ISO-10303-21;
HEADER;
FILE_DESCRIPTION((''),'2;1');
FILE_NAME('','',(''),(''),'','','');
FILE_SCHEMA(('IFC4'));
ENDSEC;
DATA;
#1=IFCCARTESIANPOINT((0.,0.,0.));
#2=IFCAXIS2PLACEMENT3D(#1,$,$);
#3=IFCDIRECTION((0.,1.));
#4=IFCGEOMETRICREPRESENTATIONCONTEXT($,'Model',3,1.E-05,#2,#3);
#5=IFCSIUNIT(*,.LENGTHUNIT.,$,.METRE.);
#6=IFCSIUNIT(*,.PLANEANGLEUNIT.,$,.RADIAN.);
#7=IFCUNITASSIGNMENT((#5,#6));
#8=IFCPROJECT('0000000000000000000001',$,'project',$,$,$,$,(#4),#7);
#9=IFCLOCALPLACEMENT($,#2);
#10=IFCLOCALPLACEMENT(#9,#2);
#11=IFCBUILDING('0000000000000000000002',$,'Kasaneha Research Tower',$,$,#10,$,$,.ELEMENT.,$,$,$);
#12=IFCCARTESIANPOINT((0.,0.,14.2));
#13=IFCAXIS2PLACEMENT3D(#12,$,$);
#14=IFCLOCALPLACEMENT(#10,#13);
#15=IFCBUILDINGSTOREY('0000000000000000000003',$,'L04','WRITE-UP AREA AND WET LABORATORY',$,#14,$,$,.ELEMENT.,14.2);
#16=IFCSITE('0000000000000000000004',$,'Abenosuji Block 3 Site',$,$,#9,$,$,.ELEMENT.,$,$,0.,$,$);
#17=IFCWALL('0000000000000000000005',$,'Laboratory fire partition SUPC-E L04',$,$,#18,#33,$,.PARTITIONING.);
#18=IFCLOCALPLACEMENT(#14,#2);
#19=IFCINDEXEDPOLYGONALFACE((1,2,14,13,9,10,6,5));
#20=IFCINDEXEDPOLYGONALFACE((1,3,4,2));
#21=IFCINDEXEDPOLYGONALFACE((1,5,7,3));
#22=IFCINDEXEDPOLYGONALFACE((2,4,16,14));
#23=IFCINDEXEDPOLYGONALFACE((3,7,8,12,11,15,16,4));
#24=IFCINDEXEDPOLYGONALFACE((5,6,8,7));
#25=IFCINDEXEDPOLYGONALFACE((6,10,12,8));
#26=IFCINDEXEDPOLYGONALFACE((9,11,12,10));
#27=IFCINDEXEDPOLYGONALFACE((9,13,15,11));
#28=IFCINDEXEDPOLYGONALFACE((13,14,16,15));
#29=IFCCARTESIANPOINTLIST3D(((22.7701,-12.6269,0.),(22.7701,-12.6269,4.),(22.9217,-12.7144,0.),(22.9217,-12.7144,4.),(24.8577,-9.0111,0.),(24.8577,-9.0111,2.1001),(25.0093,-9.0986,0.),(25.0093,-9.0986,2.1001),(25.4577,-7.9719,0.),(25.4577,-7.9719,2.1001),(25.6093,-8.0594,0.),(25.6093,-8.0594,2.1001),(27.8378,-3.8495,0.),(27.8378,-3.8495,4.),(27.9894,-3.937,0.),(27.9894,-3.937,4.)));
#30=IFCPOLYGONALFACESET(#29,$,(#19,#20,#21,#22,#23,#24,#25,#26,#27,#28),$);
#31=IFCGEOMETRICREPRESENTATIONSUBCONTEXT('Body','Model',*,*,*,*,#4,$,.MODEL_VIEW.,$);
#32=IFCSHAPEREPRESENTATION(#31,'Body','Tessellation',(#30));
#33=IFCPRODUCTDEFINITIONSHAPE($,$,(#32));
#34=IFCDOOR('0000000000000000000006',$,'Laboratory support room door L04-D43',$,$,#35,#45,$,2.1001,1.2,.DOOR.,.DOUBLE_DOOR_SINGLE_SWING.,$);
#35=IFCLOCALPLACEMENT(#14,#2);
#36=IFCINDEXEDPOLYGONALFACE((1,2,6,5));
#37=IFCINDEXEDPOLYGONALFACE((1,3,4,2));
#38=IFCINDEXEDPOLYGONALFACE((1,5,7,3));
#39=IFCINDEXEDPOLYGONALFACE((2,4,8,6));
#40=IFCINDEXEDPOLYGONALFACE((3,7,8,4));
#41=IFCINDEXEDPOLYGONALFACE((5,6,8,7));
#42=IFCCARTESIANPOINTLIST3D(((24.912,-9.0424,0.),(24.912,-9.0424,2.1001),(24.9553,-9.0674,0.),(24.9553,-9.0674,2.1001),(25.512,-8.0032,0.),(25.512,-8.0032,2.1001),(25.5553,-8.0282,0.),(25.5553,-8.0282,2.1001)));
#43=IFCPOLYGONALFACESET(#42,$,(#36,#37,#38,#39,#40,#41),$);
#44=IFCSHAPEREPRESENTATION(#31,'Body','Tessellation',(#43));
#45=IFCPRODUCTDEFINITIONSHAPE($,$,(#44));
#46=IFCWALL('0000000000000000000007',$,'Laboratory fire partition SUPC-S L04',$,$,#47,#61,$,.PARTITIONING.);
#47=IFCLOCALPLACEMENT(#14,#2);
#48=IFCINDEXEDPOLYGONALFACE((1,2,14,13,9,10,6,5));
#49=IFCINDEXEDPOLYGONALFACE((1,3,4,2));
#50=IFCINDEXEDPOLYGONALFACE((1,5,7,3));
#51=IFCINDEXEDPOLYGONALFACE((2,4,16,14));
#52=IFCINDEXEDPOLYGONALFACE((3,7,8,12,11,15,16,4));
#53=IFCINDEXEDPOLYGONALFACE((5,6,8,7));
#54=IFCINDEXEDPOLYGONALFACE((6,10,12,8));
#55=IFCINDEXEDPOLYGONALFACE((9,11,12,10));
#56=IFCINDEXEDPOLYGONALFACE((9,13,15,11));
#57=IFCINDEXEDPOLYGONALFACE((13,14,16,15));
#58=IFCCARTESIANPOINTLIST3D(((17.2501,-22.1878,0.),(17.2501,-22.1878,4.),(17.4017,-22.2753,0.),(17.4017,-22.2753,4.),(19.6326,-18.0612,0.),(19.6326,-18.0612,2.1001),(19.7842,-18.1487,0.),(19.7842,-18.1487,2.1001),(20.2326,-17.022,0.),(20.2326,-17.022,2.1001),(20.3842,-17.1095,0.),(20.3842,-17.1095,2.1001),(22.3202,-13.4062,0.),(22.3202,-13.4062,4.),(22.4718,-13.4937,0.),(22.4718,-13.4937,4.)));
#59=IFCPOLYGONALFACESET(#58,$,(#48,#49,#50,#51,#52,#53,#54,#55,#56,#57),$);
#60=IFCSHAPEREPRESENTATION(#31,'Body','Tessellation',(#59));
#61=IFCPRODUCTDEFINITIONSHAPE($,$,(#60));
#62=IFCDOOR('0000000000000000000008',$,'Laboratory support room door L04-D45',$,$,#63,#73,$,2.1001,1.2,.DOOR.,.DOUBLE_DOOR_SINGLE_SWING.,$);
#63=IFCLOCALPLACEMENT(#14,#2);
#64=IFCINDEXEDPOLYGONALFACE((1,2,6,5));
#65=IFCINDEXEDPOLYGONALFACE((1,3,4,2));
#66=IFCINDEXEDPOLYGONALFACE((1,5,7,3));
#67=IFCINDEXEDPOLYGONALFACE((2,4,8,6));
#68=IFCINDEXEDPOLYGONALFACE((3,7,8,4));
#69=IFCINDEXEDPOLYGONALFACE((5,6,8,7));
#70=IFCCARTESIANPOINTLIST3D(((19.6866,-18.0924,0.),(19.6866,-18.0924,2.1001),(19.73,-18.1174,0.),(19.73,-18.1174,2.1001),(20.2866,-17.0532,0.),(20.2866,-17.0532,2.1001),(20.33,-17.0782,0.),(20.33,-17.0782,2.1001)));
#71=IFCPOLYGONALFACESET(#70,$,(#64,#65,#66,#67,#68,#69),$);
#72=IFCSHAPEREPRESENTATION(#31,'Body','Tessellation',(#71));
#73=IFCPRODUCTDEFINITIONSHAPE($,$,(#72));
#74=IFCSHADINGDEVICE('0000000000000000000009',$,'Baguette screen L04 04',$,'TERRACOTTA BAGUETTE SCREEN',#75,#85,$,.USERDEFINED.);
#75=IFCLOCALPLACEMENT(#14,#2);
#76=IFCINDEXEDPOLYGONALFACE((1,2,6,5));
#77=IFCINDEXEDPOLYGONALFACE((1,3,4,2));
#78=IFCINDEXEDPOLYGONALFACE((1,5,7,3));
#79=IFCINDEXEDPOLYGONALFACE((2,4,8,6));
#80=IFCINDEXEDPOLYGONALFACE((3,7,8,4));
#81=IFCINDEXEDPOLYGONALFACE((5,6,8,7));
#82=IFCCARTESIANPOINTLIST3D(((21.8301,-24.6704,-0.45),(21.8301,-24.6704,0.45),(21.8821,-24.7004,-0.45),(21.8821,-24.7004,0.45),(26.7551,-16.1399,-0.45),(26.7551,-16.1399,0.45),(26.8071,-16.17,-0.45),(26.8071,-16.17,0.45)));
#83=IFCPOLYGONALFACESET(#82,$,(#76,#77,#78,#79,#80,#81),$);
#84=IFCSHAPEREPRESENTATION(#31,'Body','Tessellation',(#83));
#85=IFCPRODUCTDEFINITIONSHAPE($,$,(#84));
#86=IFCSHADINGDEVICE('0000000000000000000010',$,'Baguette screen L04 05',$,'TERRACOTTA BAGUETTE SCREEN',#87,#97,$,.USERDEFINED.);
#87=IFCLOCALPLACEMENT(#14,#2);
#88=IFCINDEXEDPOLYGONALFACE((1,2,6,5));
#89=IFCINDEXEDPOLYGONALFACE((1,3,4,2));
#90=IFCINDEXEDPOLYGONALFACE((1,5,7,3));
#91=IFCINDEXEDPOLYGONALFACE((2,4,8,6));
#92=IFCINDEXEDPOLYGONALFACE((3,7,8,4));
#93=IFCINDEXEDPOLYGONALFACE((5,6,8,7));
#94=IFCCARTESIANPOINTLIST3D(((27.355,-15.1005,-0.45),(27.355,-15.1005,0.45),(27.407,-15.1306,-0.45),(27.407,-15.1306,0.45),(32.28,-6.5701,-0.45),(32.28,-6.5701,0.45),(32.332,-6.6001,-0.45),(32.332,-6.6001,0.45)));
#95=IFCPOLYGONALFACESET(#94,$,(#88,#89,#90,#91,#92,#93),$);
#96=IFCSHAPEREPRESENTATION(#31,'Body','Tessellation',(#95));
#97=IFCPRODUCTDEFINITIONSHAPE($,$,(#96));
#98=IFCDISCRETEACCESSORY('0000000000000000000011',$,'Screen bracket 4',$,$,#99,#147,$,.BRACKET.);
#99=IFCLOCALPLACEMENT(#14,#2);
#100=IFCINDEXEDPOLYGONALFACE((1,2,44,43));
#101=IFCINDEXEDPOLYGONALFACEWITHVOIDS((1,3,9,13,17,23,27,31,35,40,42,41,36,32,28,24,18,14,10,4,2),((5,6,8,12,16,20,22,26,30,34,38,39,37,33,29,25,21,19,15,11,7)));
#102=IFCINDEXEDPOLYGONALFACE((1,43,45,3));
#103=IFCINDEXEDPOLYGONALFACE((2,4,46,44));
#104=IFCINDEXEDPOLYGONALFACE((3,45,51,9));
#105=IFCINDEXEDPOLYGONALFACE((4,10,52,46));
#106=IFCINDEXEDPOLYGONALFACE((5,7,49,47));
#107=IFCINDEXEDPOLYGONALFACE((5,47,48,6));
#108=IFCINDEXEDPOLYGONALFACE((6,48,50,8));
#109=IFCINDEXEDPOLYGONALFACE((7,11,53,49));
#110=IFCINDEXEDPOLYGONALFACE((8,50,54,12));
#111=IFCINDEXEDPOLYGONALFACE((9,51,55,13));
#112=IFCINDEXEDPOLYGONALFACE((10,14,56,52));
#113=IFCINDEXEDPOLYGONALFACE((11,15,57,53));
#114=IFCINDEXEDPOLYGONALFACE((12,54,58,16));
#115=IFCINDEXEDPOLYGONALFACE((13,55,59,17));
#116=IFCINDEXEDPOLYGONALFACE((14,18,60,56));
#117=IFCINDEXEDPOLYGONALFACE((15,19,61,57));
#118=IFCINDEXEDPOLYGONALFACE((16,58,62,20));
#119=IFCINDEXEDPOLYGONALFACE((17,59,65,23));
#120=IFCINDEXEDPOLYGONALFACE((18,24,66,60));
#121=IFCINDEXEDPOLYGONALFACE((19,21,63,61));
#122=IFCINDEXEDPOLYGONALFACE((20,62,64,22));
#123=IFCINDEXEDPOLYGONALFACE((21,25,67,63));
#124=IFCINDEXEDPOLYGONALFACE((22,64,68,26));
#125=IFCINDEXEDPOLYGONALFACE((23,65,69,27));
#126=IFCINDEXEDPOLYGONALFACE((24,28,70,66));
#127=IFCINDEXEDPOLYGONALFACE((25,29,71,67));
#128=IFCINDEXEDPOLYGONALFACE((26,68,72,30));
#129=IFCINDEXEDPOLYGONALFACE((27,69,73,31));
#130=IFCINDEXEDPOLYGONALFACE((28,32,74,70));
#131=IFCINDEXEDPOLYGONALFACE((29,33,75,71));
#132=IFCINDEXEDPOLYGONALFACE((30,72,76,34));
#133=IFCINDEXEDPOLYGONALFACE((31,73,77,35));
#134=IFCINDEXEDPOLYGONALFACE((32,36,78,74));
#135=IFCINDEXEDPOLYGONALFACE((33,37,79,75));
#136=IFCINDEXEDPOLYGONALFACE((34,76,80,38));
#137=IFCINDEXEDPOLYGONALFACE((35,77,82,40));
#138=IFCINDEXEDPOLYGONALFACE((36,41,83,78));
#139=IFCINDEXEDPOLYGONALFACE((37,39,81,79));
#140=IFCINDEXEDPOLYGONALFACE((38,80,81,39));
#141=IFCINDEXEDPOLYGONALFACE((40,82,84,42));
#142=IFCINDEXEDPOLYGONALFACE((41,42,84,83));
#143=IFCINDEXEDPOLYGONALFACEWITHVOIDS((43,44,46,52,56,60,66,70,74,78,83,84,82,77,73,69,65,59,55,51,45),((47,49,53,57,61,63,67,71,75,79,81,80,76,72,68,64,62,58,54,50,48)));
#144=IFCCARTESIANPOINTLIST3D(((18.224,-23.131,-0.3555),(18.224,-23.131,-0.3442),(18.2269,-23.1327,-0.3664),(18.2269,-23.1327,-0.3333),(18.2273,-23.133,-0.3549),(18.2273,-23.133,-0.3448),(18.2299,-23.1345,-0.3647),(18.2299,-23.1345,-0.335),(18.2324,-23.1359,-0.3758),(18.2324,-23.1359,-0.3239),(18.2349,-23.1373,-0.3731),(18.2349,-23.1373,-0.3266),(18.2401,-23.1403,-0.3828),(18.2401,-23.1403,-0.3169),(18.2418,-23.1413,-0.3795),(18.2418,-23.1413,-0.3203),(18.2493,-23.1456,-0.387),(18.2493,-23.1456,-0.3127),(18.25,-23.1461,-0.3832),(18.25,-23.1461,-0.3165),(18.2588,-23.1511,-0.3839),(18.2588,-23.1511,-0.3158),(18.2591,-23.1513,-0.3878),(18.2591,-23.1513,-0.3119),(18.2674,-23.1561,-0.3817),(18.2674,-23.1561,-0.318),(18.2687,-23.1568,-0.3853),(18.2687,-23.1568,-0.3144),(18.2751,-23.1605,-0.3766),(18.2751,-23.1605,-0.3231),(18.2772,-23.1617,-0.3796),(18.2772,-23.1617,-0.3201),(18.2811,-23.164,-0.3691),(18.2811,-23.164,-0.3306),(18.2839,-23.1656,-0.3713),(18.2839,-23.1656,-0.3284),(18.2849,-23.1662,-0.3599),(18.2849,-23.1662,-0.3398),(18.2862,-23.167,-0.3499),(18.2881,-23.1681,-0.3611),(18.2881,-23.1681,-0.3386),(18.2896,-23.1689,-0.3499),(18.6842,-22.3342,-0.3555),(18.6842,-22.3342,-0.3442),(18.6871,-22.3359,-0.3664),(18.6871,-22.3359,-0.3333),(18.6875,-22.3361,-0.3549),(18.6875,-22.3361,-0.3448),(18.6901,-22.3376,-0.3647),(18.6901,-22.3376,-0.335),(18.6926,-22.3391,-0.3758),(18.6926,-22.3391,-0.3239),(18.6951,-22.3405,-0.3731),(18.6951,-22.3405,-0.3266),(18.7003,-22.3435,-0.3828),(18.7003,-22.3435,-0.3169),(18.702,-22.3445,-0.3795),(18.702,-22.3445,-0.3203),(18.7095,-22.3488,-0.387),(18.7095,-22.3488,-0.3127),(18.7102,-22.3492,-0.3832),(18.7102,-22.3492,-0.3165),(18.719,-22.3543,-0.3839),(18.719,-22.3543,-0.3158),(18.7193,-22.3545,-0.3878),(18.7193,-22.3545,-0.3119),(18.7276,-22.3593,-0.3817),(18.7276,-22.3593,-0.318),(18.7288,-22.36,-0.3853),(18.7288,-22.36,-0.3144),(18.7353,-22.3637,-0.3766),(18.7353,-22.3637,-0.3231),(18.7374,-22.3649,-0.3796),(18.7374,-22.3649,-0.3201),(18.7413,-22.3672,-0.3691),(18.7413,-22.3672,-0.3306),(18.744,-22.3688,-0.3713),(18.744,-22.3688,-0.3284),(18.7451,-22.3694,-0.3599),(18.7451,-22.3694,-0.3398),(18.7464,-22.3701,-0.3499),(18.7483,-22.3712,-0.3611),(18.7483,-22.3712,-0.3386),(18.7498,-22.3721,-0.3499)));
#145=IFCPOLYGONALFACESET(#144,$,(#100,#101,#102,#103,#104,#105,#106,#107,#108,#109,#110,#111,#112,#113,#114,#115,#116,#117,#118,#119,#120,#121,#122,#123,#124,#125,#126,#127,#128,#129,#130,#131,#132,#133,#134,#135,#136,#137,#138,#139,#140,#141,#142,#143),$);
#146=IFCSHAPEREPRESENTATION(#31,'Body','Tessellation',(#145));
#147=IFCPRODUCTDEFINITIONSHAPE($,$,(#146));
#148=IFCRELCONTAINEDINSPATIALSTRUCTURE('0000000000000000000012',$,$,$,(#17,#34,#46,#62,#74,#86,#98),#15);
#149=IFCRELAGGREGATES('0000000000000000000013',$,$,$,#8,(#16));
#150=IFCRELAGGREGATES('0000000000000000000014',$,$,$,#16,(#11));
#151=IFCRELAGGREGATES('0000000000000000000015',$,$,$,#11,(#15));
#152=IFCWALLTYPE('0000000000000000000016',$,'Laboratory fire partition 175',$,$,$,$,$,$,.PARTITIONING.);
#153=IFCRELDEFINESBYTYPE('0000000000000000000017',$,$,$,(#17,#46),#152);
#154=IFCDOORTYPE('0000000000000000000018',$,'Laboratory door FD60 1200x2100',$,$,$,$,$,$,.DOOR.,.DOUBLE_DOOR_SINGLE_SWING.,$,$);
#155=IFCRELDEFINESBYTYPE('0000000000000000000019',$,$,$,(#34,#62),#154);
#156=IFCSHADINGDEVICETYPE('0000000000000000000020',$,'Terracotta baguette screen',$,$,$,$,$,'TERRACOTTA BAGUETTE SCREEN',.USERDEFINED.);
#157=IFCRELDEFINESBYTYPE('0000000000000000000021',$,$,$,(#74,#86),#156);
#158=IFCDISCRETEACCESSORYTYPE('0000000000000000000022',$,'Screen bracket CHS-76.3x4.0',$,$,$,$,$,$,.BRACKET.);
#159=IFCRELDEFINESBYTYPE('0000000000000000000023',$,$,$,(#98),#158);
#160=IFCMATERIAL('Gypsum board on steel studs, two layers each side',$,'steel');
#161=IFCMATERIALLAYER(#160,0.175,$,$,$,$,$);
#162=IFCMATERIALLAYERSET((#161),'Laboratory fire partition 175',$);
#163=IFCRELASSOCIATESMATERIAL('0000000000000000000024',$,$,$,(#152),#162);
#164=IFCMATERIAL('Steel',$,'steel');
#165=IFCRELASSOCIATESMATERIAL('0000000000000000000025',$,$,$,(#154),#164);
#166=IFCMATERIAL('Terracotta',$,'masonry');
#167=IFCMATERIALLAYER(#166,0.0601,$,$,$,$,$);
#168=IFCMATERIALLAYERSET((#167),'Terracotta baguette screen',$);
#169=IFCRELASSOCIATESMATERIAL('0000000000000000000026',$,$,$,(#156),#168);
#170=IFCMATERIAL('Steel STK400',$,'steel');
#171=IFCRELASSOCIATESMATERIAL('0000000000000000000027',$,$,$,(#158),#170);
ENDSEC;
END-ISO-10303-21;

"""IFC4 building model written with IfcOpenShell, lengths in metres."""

from ifc_helpers import new_model, si_unit, direction, frame, frame_2d, origin, origin_2d, place, context, subcontext, project, spatial, rectangle, hollow_circle, extrude, material, layer, layer_set, material_profile, profile_set, type_object, element, fill, save


model = new_model("IFC4")

# Units and contexts
model_context = context("Model", 3, precision=1e-05, world=origin(), true_north=direction((0.0, 1.0)))
body_context = subcontext(model_context, "Body", "Model", "MODEL_VIEW")
ifc_project = project(units=[si_unit("LENGTHUNIT", "METRE"), si_unit("PLANEANGLEUNIT", "RADIAN")], contexts=[model_context])

# Site, building, storey
site_placement = place(None, origin())
site = spatial("IfcSite", under=ifc_project, at=site_placement, Name="Abenosuji Block 3 Site", CompositionType="ELEMENT", RefElevation=0.0)
building_placement = place(site_placement, origin())
building = spatial("IfcBuilding", under=site, at=building_placement, Name="Kasaneha Research Tower", CompositionType="ELEMENT")
storey_placement = place(building_placement, frame((0.0, 0.0, 14.2)))
storey = spatial("IfcBuildingStorey", under=building, at=storey_placement, Name="L04", Description="WRITE-UP AREA AND WET LABORATORY", CompositionType="ELEMENT", Elevation=14.2)

# Walls, openings, doors
ifc_material_1 = material(Name="Gypsum board on steel studs, two layers each side", Category="steel")
ifc_layer_1 = layer(ifc_material_1, 0.175)
ifc_layer_set_1 = layer_set([ifc_layer_1], Name="Laboratory fire partition 175")
wall_type = type_object("IfcWallType", Name="Laboratory fire partition 175", PredefinedType="PARTITIONING", material=ifc_layer_set_1)
wall_1_placement = place(storey_placement, frame((22.8459, -12.6707, 0.0), z_axis=(0.0, 0.0, 1.0), x_axis=(0.500002, 0.866024, 0.0)))
wall_1 = element("IfcWall", 1, at=wall_1_placement, inside=storey, type_object=wall_type, Name="Laboratory fire partition SUPC-E L04", PredefinedType="PARTITIONING", context=body_context, shape_type="SweptSolid", body=[
    extrude(rectangle(XDim=10.1353, YDim=0.175, at=frame_2d((5.0676, 0.0))), origin(), (0.0, 0.0, 1.0), 4.0),
])
opening_1_placement = place(wall_1_placement, frame((4.175, 0.0, 0.0)))
opening_1 = element("IfcOpeningElement", 2, at=opening_1_placement, cuts=wall_1, PredefinedType="OPENING", context=body_context, shape_type="SweptSolid", body=[
    extrude(rectangle(XDim=1.2, YDim=2.1001, at=frame_2d((0.6001, 1.05))), frame((0.0, 0.0977, 0.0), z_axis=(0.0, -1.0, 0.0), x_axis=(1.0, 0.0, 0.0)), (0.0, 0.0, 1.0), 0.1951),
])
ifc_material_2 = material(Name="Steel", Category="steel")
door_type = type_object("IfcDoorType", Name="Laboratory door FD60 1200x2100", OperationType="DOUBLE_DOOR_SINGLE_SWING", PredefinedType="DOOR", material=ifc_material_2)
door_1_placement = place(opening_1_placement, origin())
door_1 = element("IfcDoor", 3, at=door_1_placement, inside=storey, type_object=door_type, Name="Laboratory support room door L04-D43", OperationType="DOUBLE_DOOR_SINGLE_SWING", OverallHeight=2.1001, OverallWidth=1.2, PredefinedType="DOOR", context=body_context, shape_type="SweptSolid", body=[
    extrude(rectangle(XDim=1.2, YDim=2.1001, at=frame_2d((0.6001, 1.05))), frame((0.0, 0.0249, 0.0), z_axis=(0.0, -1.0, 0.0), x_axis=(1.0, 0.0, 0.0)), (0.0, 0.0, 1.0), 0.05),
])
fill(opening_1, door_1)
wall_2_placement = place(storey_placement, frame((22.396, -13.45, 0.0), z_axis=(0.0, 0.0, 1.0), x_axis=(-0.500005, -0.866022, 0.0)))
wall_2 = element("IfcWall", 4, at=wall_2_placement, inside=storey, type_object=wall_type, Name="Laboratory fire partition SUPC-S L04", PredefinedType="PARTITIONING", context=body_context, shape_type="SweptSolid", body=[
    extrude(rectangle(XDim=10.1401, YDim=0.175, at=frame_2d((5.0701, 0.0))), origin(), (0.0, 0.0, 1.0), 4.0),
])
opening_2_placement = place(wall_2_placement, frame((4.175, 0.0, 0.0)))
opening_2 = element("IfcOpeningElement", 5, at=opening_2_placement, cuts=wall_2, PredefinedType="OPENING", context=body_context, shape_type="SweptSolid", body=[
    extrude(rectangle(XDim=1.2, YDim=2.1001, at=frame_2d((0.6001, 1.05))), frame((0.0, 0.0977, 0.0), z_axis=(0.0, -1.0, 0.0), x_axis=(1.0, 0.0, 0.0)), (0.0, 0.0, 1.0), 0.1951),
])
door_2_placement = place(opening_2_placement, origin())
door_2 = element("IfcDoor", 6, at=door_2_placement, inside=storey, type_object=door_type, Name="Laboratory support room door L04-D45", OperationType="DOUBLE_DOOR_SINGLE_SWING", OverallHeight=2.1001, OverallWidth=1.2, PredefinedType="DOOR", context=body_context, shape_type="SweptSolid", body=[
    extrude(rectangle(XDim=1.2, YDim=2.1001, at=frame_2d((0.6001, 1.05))), frame((0.0, 0.0249, 0.0), z_axis=(0.0, -1.0, 0.0), x_axis=(1.0, 0.0, 0.0)), (0.0, 0.0, 1.0), 0.05),
])
fill(opening_2, door_2)

# Shading devices
ifc_material_3 = material(Name="Terracotta", Category="masonry")
ifc_layer_2 = layer(ifc_material_3, 0.0601)
ifc_layer_set_2 = layer_set([ifc_layer_2], Name="Terracotta baguette screen")
shading_device_type = type_object("IfcShadingDeviceType", Name="Terracotta baguette screen", ElementType="TERRACOTTA BAGUETTE SCREEN", PredefinedType="USERDEFINED", material=ifc_layer_set_2)
for number, where, z_axis, x_axis, name in (
    (7, (24.3186, -20.4202, -0.45), (0.0, 0.0, 1.0), (0.5, 0.866025, 0.0), "Baguette screen L04 04"),
    (8, (29.8435, -10.8503, -0.45), (0.0, 0.0, 1.0), (0.5, 0.866025, 0.0), "Baguette screen L04 05"),
):
    element("IfcShadingDevice", number, at=place(storey_placement, frame(where, z_axis=z_axis, x_axis=x_axis)), inside=storey, type_object=shading_device_type, Name=name, ObjectType="TERRACOTTA BAGUETTE SCREEN", PredefinedType="USERDEFINED", context=body_context, shape_type="SweptSolid", body=[
        extrude(rectangle(XDim=9.8501, YDim=0.0601, at=origin_2d()), origin(), (0.0, 0.0, 1.0), 0.8999),
    ])

# Discrete accessory
ifc_material_4 = material(Name="Steel STK400", Category="steel")
ifc_material_profile_1 = material_profile(ifc_material_4, hollow_circle(Radius=0.0381, WallThickness=0.0039, at=origin_2d()), Name="CHS-76.3x4.0")
ifc_profile_set_1 = profile_set([ifc_material_profile_1], Name="Steel STK400")
discrete_accessory_type = type_object("IfcDiscreteAccessoryType", Name="Screen bracket CHS-76.3x4.0", PredefinedType="BRACKET", material=ifc_profile_set_1)
discrete_accessory_1_placement = place(storey_placement, frame((18.7168, -22.353, -0.3499), z_axis=(-0.500105, -0.865965, 0.0), x_axis=(0.865965, -0.500105, 0.0)))
element("IfcDiscreteAccessory", 9, at=discrete_accessory_1_placement, inside=storey, type_object=discrete_accessory_type, Name="Screen bracket 4", PredefinedType="BRACKET", context=body_context, shape_type="SweptSolid", body=[
    extrude(hollow_circle(Radius=0.0381, WallThickness=0.0039, at=origin_2d()), origin(), (0.0, 0.0, 1.0), 0.9202),
])

save(model, "model.ifc")
